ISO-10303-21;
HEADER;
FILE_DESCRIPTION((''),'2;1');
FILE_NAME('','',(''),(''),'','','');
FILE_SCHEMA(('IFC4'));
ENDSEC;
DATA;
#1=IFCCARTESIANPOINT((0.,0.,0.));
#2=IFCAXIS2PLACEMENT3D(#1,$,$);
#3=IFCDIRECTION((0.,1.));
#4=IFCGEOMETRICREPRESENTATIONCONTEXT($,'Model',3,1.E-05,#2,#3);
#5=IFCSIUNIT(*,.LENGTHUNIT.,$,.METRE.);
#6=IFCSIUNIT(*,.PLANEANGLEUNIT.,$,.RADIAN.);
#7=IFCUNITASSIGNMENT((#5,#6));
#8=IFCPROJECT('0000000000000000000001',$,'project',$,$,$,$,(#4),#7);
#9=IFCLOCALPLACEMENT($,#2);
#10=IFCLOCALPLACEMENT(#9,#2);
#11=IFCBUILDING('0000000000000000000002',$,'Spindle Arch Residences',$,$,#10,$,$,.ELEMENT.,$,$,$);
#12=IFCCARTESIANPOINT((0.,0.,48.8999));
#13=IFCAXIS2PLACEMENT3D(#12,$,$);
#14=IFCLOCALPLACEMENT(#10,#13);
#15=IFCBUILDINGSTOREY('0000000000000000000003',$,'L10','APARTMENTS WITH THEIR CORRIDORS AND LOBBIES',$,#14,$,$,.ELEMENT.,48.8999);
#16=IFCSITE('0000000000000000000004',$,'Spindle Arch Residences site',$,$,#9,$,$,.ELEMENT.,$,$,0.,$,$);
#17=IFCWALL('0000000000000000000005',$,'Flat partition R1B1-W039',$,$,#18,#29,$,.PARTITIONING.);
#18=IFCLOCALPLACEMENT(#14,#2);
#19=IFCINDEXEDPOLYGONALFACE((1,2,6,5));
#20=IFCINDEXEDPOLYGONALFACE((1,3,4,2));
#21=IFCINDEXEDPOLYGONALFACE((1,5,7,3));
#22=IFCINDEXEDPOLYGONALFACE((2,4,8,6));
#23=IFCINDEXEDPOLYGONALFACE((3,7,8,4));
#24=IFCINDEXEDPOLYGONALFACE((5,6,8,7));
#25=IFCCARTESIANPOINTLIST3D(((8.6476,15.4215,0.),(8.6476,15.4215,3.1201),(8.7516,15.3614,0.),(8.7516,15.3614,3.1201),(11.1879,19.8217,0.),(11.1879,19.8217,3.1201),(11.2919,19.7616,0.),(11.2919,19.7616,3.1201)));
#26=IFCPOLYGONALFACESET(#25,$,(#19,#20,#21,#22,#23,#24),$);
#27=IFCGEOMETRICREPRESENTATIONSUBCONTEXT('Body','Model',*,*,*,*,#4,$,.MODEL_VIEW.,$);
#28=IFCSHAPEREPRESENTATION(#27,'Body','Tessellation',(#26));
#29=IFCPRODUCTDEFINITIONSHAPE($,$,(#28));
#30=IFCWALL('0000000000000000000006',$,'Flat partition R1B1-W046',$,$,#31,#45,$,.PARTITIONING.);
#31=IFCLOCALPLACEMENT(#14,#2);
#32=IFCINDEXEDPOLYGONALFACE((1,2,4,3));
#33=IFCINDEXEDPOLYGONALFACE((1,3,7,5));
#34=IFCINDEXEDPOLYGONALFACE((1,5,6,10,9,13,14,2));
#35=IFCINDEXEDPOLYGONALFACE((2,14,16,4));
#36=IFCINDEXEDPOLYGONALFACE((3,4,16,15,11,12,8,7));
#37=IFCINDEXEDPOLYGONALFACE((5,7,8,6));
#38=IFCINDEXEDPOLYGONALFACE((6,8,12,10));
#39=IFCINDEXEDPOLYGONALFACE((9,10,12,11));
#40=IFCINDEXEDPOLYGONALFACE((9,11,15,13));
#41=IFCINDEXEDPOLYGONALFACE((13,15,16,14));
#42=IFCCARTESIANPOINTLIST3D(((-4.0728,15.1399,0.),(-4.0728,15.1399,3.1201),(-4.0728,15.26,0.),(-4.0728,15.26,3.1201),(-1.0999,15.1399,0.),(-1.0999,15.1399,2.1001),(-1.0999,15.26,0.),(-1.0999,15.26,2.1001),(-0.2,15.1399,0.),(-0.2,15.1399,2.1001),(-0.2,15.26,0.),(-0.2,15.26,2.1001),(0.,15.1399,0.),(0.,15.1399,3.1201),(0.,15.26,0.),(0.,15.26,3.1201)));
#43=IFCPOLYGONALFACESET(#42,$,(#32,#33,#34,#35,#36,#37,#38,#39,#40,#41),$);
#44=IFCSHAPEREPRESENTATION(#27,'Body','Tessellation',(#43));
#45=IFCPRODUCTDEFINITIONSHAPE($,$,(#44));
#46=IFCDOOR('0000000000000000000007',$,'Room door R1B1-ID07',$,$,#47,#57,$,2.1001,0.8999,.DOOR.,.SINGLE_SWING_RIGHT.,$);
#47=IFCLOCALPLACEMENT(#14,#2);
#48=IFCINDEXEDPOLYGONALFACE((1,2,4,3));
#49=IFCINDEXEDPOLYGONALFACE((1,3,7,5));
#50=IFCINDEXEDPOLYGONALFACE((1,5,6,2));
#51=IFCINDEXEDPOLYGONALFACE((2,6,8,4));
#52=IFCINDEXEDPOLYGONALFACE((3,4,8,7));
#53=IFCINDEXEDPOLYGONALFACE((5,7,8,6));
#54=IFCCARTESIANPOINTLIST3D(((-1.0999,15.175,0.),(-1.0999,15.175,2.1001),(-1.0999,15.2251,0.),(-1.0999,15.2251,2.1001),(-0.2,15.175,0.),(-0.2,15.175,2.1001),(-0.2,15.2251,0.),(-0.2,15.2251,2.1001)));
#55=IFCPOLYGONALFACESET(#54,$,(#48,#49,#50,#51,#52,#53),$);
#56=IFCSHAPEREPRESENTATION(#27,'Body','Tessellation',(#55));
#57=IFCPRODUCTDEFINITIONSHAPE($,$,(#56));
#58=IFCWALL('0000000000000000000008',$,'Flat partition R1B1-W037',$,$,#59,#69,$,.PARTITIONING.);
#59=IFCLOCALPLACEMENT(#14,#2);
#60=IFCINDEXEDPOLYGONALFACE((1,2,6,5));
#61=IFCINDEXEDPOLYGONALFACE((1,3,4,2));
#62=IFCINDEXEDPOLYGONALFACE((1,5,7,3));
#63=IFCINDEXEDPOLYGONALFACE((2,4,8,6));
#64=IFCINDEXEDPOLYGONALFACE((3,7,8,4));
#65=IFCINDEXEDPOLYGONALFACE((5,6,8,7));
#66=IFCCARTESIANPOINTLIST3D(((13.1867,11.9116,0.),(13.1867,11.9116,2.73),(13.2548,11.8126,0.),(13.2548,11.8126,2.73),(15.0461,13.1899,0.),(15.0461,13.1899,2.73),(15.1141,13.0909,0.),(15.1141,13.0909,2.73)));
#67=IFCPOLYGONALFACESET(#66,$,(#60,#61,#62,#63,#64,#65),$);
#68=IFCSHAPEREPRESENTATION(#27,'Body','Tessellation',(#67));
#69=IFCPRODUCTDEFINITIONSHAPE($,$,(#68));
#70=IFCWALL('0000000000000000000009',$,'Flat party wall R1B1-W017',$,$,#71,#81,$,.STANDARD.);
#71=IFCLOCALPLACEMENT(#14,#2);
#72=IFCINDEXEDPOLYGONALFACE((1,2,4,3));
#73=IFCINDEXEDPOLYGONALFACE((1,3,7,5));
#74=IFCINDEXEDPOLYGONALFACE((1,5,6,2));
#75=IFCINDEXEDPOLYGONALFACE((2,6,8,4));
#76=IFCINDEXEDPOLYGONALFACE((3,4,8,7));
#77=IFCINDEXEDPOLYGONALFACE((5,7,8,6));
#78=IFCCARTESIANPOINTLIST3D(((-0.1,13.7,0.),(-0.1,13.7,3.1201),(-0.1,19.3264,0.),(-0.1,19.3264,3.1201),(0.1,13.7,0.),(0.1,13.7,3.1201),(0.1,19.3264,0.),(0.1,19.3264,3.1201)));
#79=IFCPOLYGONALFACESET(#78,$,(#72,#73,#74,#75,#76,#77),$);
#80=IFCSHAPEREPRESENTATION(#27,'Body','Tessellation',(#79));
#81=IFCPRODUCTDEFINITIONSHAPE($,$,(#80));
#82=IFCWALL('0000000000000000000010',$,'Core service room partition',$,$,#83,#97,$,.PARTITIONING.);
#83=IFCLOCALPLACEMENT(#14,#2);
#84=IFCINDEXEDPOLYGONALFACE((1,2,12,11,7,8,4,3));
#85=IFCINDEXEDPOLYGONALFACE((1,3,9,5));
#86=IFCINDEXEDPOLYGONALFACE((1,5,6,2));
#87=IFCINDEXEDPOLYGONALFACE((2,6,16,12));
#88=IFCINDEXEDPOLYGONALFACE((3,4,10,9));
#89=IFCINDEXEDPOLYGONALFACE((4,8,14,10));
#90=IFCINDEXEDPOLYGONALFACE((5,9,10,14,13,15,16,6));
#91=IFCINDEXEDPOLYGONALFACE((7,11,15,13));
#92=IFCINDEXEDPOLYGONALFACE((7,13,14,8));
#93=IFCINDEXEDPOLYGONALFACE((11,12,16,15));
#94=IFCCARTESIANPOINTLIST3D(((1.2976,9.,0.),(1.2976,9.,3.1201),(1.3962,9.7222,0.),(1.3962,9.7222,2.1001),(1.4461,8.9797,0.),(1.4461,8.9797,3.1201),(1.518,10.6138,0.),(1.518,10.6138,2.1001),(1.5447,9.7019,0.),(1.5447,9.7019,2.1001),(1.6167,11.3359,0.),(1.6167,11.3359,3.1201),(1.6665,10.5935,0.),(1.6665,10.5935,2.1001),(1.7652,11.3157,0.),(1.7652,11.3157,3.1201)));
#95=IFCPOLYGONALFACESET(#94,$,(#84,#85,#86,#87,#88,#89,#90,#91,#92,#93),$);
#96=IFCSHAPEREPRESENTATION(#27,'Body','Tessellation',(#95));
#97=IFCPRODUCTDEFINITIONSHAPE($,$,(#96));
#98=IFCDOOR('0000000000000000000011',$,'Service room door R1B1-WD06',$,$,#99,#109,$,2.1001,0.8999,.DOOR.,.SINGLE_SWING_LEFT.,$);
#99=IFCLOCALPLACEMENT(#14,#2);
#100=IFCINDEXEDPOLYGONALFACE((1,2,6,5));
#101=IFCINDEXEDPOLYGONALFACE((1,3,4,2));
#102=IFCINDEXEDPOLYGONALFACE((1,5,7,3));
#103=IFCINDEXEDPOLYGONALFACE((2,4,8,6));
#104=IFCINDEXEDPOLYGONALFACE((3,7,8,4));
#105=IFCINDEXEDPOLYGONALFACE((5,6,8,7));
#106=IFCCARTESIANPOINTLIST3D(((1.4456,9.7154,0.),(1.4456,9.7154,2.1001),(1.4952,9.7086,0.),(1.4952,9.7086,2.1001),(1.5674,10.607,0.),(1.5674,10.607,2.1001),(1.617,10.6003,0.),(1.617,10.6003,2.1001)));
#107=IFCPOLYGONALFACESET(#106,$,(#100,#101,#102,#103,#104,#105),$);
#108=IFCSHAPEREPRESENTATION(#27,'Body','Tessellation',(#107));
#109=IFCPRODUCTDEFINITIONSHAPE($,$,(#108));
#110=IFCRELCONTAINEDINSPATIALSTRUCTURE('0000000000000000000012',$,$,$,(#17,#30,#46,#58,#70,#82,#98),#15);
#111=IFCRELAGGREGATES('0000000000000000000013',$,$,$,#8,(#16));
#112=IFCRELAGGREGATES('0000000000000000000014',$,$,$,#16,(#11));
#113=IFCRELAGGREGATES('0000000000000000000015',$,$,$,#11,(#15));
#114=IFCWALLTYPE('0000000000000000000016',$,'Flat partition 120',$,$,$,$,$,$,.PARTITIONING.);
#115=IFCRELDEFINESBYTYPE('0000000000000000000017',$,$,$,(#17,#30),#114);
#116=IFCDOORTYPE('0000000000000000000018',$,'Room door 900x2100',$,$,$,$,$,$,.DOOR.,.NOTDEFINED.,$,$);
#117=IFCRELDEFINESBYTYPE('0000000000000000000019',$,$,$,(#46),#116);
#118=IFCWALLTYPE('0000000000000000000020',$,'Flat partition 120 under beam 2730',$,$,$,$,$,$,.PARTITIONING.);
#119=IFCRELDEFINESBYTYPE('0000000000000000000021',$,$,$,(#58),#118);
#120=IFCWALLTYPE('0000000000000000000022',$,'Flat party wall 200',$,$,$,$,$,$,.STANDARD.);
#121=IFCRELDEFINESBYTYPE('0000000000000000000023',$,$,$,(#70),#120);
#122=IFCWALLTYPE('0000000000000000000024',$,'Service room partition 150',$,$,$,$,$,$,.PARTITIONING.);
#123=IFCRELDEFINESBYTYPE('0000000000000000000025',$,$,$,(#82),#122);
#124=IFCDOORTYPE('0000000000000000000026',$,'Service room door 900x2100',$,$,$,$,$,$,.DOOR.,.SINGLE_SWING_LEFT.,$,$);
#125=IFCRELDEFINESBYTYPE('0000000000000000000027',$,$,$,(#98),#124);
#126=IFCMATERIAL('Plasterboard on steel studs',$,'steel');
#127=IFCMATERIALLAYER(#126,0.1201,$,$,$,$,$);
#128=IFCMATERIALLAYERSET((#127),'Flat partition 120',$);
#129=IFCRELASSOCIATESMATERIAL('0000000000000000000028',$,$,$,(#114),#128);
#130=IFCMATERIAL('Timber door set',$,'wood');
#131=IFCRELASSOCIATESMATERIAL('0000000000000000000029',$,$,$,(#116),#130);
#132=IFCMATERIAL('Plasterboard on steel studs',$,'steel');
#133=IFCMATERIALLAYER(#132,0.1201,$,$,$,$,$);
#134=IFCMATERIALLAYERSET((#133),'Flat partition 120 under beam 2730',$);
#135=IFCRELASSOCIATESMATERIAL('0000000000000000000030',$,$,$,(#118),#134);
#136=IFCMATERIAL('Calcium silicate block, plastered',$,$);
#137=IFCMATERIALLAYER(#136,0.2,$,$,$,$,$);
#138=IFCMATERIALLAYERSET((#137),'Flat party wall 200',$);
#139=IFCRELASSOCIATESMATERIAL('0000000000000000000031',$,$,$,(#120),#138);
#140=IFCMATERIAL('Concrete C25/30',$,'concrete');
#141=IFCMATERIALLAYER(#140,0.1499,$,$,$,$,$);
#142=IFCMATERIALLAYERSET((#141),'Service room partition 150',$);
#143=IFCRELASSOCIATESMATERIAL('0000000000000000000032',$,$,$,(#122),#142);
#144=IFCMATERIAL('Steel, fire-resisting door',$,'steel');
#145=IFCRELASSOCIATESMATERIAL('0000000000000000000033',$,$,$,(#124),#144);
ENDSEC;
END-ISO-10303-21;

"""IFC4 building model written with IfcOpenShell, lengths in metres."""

from ifc_helpers import new_model, si_unit, direction, frame, frame_2d, origin, place, context, subcontext, project, spatial, rectangle, extrude, material, layer, layer_set, type_object, element, fill, save


model = new_model("IFC4")

# Units and contexts
model_context = context("Model", 3, precision=1e-05, world=origin(), true_north=direction((0.0, 1.0)))
body_context = subcontext(model_context, "Body", "Model", "MODEL_VIEW")
ifc_project = project(units=[si_unit("LENGTHUNIT", "METRE"), si_unit("PLANEANGLEUNIT", "RADIAN")], contexts=[model_context])

# Site, building, storey
site_placement = place(None, origin())
site = spatial("IfcSite", under=ifc_project, at=site_placement, Name="Spindle Arch Residences site", CompositionType="ELEMENT", RefElevation=0.0)
building_placement = place(site_placement, origin())
building = spatial("IfcBuilding", under=site, at=building_placement, Name="Spindle Arch Residences", CompositionType="ELEMENT")
storey_placement = place(building_placement, frame((0.0, 0.0, 48.8999)))
storey = spatial("IfcBuildingStorey", under=building, at=storey_placement, Name="L10", Description="APARTMENTS WITH THEIR CORRIDORS AND LOBBIES", CompositionType="ELEMENT", Elevation=48.8999)

# Shared definitions
ifc_material_1 = material(Name="Plasterboard on steel studs", Category="steel")
ifc_layer_1 = layer(ifc_material_1, 0.1201)
ifc_layer_set_1 = layer_set([ifc_layer_1], Name="Flat partition 120")
wall_type_1 = type_object("IfcWallType", Name="Flat partition 120", PredefinedType="PARTITIONING", material=ifc_layer_set_1)
ifc_material_2 = material(Name="Timber door set", Category="wood")
door_type_1 = type_object("IfcDoorType", Name="Room door 900x2100", OperationType="NOTDEFINED", PredefinedType="DOOR", material=ifc_material_2)

# Wall
wall_1_placement = place(storey_placement, frame((11.24, 19.7917, 0.0), z_axis=(0.0, 0.0, 1.0), x_axis=(-0.499979, -0.866038, 0.0)))
element("IfcWall", 1, at=wall_1_placement, inside=storey, type_object=wall_type_1, Name="Flat partition R1B1-W039", PredefinedType="PARTITIONING", context=body_context, shape_type="SweptSolid", body=[
    extrude(rectangle(XDim=5.0808, YDim=0.1201, at=frame_2d((2.5405, 0.0))), origin(), (0.0, 0.0, 1.0), 3.1201),
])

# Wall, opening, door
wall_2_placement = place(storey_placement, frame((0.0, 15.2, 0.0), z_axis=(0.0, 0.0, 1.0), x_axis=(-1.0, 0.0, 0.0)))
wall_2 = element("IfcWall", 2, at=wall_2_placement, inside=storey, type_object=wall_type_1, Name="Flat partition R1B1-W046", PredefinedType="PARTITIONING", context=body_context, shape_type="SweptSolid", body=[
    extrude(rectangle(XDim=4.0728, YDim=0.1201, at=frame_2d((2.0364, 0.0))), origin(), (0.0, 0.0, 1.0), 3.1201),
])
opening_1_placement = place(wall_2_placement, frame((0.2, 0.0, 0.0)))
opening_1 = element("IfcOpeningElement", 3, at=opening_1_placement, cuts=wall_2, PredefinedType="OPENING", context=body_context, shape_type="SweptSolid", body=[
    extrude(rectangle(XDim=0.8999, YDim=2.1001, at=frame_2d((0.45, 1.05))), frame((0.0, 0.0701, 0.0), z_axis=(0.0, -1.0, 0.0), x_axis=(1.0, 0.0, 0.0)), (0.0, 0.0, 1.0), 0.1401),
])
door_1_placement = place(opening_1_placement, origin())
door_1 = element("IfcDoor", 4, at=door_1_placement, inside=storey, type_object=door_type_1, Name="Room door R1B1-ID07", OperationType="SINGLE_SWING_RIGHT", OverallHeight=2.1001, OverallWidth=0.8999, PredefinedType="DOOR", context=body_context, shape_type="SweptSolid", body=[
    extrude(rectangle(XDim=0.8999, YDim=2.1001, at=frame_2d((0.45, 1.05))), frame((0.0, 0.0249, 0.0), z_axis=(0.0, -1.0, 0.0), x_axis=(1.0, 0.0, 0.0)), (0.0, 0.0, 1.0), 0.05),
])
fill(opening_1, door_1)

# Walls
ifc_material_3 = material(Name="Plasterboard on steel studs", Category="steel")
ifc_layer_2 = layer(ifc_material_3, 0.1201)
ifc_layer_set_2 = layer_set([ifc_layer_2], Name="Flat partition 120 under beam 2730")
wall_type_2 = type_object("IfcWallType", Name="Flat partition 120 under beam 2730", PredefinedType="PARTITIONING", material=ifc_layer_set_2)
wall_3_placement = place(storey_placement, frame((15.0801, 13.1404, 0.0), z_axis=(0.0, 0.0, 1.0), x_axis=(-0.824042, -0.566529, 0.0)))
element("IfcWall", 5, at=wall_3_placement, inside=storey, type_object=wall_type_2, Name="Flat partition R1B1-W037", PredefinedType="PARTITIONING", context=body_context, shape_type="SweptSolid", body=[
    extrude(rectangle(XDim=2.2563, YDim=0.1201, at=frame_2d((1.1282, 0.0))), origin(), (0.0, 0.0, 1.0), 2.73),
])
ifc_material_4 = material(Name="Calcium silicate block, plastered")
ifc_layer_3 = layer(ifc_material_4, 0.2)
ifc_layer_set_3 = layer_set([ifc_layer_3], Name="Flat party wall 200")
wall_type_3 = type_object("IfcWallType", Name="Flat party wall 200", PredefinedType="STANDARD", material=ifc_layer_set_3)
wall_4_placement = place(storey_placement, frame((0.0, 19.3264, 0.0), z_axis=(0.0, 0.0, 1.0), x_axis=(0.0, -1.0, 0.0)))
element("IfcWall", 6, at=wall_4_placement, inside=storey, type_object=wall_type_3, Name="Flat party wall R1B1-W017", PredefinedType="STANDARD", context=body_context, shape_type="SweptSolid", body=[
    extrude(rectangle(XDim=5.6265, YDim=0.2, at=frame_2d((2.8132, 0.0))), origin(), (0.0, 0.0, 1.0), 3.1201),
])

# Wall, opening, door
ifc_material_5 = material(Name="Concrete C25/30", Category="concrete")
ifc_layer_4 = layer(ifc_material_5, 0.1499)
ifc_layer_set_4 = layer_set([ifc_layer_4], Name="Service room partition 150")
wall_type_4 = type_object("IfcWallType", Name="Service room partition 150", PredefinedType="PARTITIONING", material=ifc_layer_set_4)
wall_5_placement = place(storey_placement, frame((1.6909, 11.3257, 0.0), z_axis=(0.0, 0.0, 1.0), x_axis=(-0.135344, -0.990799, 0.0)))
wall_5 = element("IfcWall", 7, at=wall_5_placement, inside=storey, type_object=wall_type_4, Name="Core service room partition", PredefinedType="PARTITIONING", context=body_context, shape_type="SweptSolid", body=[
    extrude(rectangle(XDim=2.3577, YDim=0.1499, at=frame_2d((1.1787, 0.0))), origin(), (0.0, 0.0, 1.0), 3.1201),
])
opening_2_placement = place(wall_5_placement, frame((0.7288, 0.0, 0.0)))
opening_2 = element("IfcOpeningElement", 8, at=opening_2_placement, cuts=wall_5, PredefinedType="OPENING", context=body_context, shape_type="SweptSolid", body=[
    extrude(rectangle(XDim=0.8999, YDim=2.1001, at=frame_2d((0.45, 1.05))), frame((0.0, 0.085, 0.0), z_axis=(0.0, -1.0, 0.0), x_axis=(1.0, 0.0, 0.0)), (0.0, 0.0, 1.0), 0.1699),
])
ifc_material_6 = material(Name="Steel, fire-resisting door", Category="steel")
door_type_2 = type_object("IfcDoorType", Name="Service room door 900x2100", OperationType="SINGLE_SWING_LEFT", PredefinedType="DOOR", material=ifc_material_6)
door_2_placement = place(opening_2_placement, origin())
door_2 = element("IfcDoor", 9, at=door_2_placement, inside=storey, type_object=door_type_2, Name="Service room door R1B1-WD06", OperationType="SINGLE_SWING_LEFT", OverallHeight=2.1001, OverallWidth=0.8999, PredefinedType="DOOR", context=body_context, shape_type="SweptSolid", body=[
    extrude(rectangle(XDim=0.8999, YDim=2.1001, at=frame_2d((0.45, 1.05))), frame((0.0, 0.0249, 0.0), z_axis=(0.0, -1.0, 0.0), x_axis=(1.0, 0.0, 0.0)), (0.0, 0.0, 1.0), 0.05),
])
fill(opening_2, door_2)

save(model, "model.ifc")
